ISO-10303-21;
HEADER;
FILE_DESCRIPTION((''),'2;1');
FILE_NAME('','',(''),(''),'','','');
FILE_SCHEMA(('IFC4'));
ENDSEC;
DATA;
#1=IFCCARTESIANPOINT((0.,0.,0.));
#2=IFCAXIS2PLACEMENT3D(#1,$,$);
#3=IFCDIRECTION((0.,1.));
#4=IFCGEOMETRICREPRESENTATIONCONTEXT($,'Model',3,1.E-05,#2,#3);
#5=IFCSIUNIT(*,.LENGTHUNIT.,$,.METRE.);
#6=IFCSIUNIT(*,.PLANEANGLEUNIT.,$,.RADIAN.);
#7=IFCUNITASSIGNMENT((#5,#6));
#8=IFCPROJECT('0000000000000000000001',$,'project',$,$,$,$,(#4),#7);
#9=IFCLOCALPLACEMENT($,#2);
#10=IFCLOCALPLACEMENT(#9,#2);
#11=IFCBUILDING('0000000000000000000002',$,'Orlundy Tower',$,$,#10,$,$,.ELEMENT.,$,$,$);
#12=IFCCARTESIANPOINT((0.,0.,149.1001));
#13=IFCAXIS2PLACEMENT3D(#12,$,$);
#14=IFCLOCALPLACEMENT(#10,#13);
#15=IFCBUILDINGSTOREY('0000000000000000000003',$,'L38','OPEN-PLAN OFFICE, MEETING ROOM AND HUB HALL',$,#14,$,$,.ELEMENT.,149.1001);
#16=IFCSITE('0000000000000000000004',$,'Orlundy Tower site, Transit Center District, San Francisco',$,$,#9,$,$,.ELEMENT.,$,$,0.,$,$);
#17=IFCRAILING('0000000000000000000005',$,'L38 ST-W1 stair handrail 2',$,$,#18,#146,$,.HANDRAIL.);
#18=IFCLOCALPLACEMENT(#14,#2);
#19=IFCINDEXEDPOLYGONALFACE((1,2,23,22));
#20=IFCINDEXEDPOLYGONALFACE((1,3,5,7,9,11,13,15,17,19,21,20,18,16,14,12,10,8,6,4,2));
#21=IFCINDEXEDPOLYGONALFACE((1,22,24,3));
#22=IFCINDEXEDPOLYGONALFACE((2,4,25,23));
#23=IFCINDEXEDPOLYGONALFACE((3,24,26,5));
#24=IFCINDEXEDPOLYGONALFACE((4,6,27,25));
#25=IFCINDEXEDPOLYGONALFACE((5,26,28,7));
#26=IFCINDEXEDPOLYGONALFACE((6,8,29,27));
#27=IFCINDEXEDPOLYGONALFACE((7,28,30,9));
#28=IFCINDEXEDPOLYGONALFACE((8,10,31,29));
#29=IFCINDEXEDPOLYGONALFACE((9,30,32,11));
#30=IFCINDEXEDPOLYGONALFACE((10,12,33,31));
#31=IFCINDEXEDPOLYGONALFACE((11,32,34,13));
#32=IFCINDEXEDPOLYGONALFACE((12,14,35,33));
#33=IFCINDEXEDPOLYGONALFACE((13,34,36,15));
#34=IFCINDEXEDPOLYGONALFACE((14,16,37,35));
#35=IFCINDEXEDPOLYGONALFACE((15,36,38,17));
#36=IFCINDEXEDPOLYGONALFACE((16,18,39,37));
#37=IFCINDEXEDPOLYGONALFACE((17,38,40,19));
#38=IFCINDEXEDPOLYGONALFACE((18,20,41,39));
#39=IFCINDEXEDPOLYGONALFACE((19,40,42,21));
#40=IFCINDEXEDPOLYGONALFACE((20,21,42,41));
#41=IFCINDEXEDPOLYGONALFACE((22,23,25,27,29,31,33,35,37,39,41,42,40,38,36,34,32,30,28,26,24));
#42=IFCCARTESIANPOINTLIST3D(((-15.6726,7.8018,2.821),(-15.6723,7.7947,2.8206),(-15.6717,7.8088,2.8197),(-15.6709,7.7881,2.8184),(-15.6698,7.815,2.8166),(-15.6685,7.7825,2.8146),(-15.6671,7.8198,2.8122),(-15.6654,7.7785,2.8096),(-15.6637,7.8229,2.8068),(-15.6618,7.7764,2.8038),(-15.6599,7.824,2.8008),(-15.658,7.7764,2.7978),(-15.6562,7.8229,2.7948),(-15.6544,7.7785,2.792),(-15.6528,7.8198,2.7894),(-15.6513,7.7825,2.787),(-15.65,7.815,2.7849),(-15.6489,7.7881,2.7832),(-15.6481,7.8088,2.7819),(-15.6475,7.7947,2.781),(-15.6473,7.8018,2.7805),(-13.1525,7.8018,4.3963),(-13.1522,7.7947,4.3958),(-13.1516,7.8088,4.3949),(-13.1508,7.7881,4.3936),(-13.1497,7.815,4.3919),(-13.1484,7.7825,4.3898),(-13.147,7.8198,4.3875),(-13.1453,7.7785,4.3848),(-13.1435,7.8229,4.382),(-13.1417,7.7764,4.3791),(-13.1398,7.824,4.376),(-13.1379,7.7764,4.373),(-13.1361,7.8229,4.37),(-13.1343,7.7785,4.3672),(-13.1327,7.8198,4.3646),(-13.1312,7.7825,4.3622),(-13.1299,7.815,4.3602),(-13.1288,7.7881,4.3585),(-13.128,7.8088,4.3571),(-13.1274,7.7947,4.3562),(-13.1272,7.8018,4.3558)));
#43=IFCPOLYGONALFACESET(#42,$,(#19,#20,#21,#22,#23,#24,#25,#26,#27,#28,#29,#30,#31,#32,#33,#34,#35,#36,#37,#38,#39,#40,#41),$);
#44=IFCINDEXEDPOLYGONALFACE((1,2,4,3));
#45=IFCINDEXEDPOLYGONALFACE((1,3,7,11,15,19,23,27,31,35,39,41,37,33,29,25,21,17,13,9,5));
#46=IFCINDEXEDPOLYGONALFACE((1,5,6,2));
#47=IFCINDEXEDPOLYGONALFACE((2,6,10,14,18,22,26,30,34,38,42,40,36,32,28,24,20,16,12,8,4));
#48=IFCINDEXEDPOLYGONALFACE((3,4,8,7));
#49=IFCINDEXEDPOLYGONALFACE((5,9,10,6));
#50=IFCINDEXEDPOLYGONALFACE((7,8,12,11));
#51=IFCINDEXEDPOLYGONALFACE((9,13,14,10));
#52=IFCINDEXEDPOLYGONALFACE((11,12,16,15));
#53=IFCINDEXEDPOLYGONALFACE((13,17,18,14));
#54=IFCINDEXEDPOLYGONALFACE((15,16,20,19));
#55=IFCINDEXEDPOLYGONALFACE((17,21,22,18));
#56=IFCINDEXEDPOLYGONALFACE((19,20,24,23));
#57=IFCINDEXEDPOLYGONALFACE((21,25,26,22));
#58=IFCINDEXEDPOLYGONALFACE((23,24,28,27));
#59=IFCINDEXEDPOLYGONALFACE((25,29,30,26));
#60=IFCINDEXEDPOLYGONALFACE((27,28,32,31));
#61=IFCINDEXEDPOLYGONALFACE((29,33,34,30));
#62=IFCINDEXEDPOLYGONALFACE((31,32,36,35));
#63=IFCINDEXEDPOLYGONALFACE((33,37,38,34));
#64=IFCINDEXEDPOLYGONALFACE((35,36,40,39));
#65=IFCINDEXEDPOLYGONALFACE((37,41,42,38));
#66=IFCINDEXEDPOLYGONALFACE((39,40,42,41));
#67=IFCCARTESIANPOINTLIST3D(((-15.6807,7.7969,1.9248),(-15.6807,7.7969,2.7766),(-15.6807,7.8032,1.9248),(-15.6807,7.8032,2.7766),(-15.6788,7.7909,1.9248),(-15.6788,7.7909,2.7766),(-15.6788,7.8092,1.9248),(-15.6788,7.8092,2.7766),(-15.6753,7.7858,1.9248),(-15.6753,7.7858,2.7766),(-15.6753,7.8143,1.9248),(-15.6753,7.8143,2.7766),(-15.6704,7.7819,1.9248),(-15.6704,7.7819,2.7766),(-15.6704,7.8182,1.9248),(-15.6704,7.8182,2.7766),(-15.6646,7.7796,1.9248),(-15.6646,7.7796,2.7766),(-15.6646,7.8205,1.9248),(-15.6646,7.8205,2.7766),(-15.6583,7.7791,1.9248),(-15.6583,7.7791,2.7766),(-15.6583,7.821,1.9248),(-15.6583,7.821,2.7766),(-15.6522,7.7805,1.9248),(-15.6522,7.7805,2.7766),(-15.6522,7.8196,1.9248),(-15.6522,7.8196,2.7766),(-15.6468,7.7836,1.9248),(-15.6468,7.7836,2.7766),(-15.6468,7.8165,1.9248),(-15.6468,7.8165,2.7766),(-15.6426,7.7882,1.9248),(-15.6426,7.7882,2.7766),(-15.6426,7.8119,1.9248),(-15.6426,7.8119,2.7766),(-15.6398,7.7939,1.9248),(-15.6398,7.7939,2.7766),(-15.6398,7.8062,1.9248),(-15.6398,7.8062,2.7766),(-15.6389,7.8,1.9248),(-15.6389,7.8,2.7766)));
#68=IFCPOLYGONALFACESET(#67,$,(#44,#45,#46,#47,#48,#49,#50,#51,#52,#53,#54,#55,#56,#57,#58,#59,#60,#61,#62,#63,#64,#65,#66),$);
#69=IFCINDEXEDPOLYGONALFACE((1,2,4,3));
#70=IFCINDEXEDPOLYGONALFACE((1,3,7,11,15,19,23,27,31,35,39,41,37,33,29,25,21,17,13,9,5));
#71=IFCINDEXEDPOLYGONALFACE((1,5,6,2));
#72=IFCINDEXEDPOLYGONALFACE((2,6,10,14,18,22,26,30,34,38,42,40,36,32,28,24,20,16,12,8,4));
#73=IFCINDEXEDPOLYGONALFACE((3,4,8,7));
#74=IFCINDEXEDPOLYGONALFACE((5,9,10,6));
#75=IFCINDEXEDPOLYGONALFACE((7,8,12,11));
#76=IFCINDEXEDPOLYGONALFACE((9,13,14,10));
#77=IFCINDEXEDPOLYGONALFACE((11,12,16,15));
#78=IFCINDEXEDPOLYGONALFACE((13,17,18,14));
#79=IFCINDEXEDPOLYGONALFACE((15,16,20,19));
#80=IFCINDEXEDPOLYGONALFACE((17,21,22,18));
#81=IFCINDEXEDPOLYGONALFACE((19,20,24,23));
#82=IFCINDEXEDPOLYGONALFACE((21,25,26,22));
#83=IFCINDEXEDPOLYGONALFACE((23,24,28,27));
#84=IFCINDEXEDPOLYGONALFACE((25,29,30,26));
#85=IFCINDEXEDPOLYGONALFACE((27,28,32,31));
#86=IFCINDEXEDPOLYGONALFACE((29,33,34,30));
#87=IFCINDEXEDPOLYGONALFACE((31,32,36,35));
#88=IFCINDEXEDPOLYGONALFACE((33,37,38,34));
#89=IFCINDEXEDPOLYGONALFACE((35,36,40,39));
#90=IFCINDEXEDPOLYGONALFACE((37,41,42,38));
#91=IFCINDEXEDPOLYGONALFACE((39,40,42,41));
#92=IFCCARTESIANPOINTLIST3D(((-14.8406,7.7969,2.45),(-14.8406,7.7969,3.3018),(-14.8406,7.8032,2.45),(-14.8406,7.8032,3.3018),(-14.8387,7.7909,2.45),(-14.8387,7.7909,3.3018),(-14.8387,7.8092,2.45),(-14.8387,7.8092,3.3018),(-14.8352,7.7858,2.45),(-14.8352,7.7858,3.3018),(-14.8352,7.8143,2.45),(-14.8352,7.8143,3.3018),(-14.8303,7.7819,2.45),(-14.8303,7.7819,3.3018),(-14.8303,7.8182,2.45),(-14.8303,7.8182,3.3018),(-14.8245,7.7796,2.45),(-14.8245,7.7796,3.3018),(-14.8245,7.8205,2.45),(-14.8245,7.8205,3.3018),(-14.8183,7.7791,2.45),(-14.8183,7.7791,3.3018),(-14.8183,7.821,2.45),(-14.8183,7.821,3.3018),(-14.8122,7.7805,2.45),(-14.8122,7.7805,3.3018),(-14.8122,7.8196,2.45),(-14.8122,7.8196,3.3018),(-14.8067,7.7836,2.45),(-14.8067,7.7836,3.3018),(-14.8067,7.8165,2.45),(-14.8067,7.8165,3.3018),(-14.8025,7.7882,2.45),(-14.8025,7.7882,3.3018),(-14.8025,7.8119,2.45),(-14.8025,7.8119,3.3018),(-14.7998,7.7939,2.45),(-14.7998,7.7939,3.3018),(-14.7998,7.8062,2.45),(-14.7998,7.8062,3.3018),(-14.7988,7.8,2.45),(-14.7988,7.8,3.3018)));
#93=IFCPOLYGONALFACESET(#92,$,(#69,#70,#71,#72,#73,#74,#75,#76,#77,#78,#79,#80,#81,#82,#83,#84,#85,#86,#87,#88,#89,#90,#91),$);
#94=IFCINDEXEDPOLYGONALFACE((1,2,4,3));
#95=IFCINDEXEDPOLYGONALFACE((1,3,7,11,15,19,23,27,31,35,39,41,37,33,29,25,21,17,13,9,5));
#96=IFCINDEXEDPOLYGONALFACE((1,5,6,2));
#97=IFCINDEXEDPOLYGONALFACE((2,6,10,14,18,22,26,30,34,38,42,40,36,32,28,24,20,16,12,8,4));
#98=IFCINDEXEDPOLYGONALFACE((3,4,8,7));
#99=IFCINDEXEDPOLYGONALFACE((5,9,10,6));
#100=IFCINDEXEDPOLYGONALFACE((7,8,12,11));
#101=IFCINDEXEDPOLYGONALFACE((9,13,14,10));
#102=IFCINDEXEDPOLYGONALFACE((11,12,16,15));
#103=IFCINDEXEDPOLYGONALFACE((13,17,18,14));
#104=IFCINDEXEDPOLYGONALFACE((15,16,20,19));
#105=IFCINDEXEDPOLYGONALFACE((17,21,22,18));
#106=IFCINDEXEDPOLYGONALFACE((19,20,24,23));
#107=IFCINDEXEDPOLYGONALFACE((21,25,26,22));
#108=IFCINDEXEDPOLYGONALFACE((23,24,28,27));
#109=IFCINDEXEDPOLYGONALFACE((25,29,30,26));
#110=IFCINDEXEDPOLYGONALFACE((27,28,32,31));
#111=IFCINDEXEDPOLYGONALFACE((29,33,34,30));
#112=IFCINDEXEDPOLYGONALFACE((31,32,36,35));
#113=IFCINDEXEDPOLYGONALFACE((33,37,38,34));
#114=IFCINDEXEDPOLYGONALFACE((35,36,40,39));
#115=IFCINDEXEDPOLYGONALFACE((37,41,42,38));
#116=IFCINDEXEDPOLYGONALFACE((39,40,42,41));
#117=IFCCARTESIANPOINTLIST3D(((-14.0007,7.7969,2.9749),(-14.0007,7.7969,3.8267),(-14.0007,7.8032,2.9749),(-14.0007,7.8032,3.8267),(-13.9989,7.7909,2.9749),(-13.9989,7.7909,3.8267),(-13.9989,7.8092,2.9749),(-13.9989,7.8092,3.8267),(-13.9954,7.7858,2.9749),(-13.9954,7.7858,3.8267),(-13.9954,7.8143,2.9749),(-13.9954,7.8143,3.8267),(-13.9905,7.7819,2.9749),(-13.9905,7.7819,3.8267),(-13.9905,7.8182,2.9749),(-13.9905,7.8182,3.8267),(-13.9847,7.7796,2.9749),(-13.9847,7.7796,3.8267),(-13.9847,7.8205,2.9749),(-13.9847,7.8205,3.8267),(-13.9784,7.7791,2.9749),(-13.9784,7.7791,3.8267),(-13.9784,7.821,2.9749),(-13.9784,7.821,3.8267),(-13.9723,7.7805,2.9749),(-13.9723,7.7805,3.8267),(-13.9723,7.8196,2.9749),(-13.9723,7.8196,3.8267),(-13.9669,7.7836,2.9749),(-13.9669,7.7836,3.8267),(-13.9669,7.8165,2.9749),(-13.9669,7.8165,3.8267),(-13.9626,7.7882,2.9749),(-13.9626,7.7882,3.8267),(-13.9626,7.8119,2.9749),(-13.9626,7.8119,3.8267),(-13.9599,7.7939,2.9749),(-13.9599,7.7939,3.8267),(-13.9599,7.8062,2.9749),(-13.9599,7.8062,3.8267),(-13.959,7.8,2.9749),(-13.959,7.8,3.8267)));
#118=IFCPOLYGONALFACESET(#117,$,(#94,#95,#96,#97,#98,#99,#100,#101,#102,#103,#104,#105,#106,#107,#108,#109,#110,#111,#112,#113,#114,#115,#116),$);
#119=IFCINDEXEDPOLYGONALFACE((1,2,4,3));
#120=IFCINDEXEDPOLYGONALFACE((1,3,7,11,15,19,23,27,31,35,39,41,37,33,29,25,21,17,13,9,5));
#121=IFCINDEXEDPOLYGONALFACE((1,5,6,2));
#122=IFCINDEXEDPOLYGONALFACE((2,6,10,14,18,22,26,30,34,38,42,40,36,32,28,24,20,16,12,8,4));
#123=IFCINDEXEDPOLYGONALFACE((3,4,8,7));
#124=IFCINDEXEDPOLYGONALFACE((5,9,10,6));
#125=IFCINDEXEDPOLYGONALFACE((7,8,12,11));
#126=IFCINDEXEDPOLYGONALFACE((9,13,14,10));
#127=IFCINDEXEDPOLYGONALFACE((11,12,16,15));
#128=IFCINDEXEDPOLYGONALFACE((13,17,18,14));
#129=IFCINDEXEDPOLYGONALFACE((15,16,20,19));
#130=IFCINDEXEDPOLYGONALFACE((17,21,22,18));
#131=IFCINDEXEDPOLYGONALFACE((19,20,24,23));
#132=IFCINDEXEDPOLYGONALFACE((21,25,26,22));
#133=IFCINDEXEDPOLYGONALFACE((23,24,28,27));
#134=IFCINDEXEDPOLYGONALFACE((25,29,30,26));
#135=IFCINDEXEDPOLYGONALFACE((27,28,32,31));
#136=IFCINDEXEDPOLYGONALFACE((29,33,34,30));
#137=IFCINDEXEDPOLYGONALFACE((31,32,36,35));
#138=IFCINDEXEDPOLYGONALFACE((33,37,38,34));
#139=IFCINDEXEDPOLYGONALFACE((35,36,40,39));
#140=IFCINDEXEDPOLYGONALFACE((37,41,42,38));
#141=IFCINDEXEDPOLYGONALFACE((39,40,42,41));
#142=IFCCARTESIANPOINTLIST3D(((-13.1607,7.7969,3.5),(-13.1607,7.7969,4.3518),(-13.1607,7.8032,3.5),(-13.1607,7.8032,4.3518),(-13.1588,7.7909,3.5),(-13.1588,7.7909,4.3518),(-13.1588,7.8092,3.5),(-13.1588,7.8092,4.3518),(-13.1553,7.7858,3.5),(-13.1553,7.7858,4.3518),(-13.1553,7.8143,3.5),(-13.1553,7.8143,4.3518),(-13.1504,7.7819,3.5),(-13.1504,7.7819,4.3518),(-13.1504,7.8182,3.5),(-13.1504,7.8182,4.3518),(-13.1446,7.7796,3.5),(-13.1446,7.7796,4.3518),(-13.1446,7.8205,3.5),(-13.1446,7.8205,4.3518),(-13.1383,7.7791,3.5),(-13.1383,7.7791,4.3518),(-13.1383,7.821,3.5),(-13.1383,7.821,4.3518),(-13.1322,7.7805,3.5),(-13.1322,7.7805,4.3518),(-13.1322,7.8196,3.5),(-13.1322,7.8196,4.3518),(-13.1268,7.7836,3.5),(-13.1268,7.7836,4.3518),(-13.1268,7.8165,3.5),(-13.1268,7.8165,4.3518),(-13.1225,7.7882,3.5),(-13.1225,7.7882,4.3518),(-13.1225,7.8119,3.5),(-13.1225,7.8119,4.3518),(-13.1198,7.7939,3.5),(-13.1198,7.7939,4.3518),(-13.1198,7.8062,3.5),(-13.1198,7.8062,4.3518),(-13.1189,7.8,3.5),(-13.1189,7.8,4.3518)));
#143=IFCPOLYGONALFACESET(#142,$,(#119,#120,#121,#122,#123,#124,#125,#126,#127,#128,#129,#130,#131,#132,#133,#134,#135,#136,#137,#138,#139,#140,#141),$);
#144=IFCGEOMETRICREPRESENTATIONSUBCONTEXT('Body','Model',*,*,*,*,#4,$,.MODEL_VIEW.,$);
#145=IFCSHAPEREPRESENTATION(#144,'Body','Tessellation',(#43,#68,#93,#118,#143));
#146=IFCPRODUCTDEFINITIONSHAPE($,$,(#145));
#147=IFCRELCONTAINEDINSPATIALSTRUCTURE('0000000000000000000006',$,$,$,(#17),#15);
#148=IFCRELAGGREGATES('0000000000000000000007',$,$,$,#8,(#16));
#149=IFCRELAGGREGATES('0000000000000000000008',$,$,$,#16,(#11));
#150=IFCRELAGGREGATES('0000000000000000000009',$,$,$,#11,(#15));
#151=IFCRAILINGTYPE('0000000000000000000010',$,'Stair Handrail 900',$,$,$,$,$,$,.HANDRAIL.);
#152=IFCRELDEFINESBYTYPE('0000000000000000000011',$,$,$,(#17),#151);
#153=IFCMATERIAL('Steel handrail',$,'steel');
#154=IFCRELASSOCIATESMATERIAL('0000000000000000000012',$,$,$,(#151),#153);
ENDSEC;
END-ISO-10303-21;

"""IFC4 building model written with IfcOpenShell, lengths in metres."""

from ifc_helpers import new_model, si_unit, direction, frame, origin, origin_2d, place, context, subcontext, project, spatial, circle, extrude, material, type_object, element, save


model = new_model("IFC4")

# Units and contexts
model_context = context("Model", 3, precision=1e-05, world=origin(), true_north=direction((0.0, 1.0)))
body_context = subcontext(model_context, "Body", "Model", "MODEL_VIEW")
ifc_project = project(units=[si_unit("LENGTHUNIT", "METRE"), si_unit("PLANEANGLEUNIT", "RADIAN")], contexts=[model_context])

# Site, building, storey
site_placement = place(None, origin())
site = spatial("IfcSite", under=ifc_project, at=site_placement, Name="Orlundy Tower site, Transit Center District, San Francisco", CompositionType="ELEMENT", RefElevation=0.0)
building_placement = place(site_placement, origin())
building = spatial("IfcBuilding", under=site, at=building_placement, Name="Orlundy Tower", CompositionType="ELEMENT")
storey_placement = place(building_placement, frame((0.0, 0.0, 149.1001)))
storey = spatial("IfcBuildingStorey", under=building, at=storey_placement, Name="L38", Description="OPEN-PLAN OFFICE, MEETING ROOM AND HUB HALL", CompositionType="ELEMENT", Elevation=149.1001)

# Railing
ifc_material_1 = material(Name="Steel handrail", Category="steel")
railing_type = type_object("IfcRailingType", Name="Stair Handrail 900", PredefinedType="HANDRAIL", material=ifc_material_1)
railing_placement = place(storey_placement, frame((-15.6599, 7.8, 1.9248)))
element("IfcRailing", 1, at=railing_placement, inside=storey, type_object=railing_type, Name="L38 ST-W1 stair handrail 2", PredefinedType="HANDRAIL", context=body_context, shape_type="SweptSolid", body=[
    extrude(circle(Radius=0.0239, at=origin_2d()), frame((0.0, 0.0, 0.876), z_axis=(0.847971, 0.0, 0.530043), x_axis=(0.0, 1.0, 0.0)), (0.0, 0.0, 1.0), 2.9719),
    extrude(circle(Radius=0.021, at=origin_2d()), origin(), (0.0, 0.0, 1.0), 0.8518),
    extrude(circle(Radius=0.021, at=origin_2d()), frame((0.8401, 0.0, 0.5251)), (0.0, 0.0, 1.0), 0.8518),
    extrude(circle(Radius=0.021, at=origin_2d()), frame((1.6799, 0.0, 1.05)), (0.0, 0.0, 1.0), 0.8518),
    extrude(circle(Radius=0.021, at=origin_2d()), frame((2.52, 0.0, 1.5752)), (0.0, 0.0, 1.0), 0.8518),
])

save(model, "model.ifc")
